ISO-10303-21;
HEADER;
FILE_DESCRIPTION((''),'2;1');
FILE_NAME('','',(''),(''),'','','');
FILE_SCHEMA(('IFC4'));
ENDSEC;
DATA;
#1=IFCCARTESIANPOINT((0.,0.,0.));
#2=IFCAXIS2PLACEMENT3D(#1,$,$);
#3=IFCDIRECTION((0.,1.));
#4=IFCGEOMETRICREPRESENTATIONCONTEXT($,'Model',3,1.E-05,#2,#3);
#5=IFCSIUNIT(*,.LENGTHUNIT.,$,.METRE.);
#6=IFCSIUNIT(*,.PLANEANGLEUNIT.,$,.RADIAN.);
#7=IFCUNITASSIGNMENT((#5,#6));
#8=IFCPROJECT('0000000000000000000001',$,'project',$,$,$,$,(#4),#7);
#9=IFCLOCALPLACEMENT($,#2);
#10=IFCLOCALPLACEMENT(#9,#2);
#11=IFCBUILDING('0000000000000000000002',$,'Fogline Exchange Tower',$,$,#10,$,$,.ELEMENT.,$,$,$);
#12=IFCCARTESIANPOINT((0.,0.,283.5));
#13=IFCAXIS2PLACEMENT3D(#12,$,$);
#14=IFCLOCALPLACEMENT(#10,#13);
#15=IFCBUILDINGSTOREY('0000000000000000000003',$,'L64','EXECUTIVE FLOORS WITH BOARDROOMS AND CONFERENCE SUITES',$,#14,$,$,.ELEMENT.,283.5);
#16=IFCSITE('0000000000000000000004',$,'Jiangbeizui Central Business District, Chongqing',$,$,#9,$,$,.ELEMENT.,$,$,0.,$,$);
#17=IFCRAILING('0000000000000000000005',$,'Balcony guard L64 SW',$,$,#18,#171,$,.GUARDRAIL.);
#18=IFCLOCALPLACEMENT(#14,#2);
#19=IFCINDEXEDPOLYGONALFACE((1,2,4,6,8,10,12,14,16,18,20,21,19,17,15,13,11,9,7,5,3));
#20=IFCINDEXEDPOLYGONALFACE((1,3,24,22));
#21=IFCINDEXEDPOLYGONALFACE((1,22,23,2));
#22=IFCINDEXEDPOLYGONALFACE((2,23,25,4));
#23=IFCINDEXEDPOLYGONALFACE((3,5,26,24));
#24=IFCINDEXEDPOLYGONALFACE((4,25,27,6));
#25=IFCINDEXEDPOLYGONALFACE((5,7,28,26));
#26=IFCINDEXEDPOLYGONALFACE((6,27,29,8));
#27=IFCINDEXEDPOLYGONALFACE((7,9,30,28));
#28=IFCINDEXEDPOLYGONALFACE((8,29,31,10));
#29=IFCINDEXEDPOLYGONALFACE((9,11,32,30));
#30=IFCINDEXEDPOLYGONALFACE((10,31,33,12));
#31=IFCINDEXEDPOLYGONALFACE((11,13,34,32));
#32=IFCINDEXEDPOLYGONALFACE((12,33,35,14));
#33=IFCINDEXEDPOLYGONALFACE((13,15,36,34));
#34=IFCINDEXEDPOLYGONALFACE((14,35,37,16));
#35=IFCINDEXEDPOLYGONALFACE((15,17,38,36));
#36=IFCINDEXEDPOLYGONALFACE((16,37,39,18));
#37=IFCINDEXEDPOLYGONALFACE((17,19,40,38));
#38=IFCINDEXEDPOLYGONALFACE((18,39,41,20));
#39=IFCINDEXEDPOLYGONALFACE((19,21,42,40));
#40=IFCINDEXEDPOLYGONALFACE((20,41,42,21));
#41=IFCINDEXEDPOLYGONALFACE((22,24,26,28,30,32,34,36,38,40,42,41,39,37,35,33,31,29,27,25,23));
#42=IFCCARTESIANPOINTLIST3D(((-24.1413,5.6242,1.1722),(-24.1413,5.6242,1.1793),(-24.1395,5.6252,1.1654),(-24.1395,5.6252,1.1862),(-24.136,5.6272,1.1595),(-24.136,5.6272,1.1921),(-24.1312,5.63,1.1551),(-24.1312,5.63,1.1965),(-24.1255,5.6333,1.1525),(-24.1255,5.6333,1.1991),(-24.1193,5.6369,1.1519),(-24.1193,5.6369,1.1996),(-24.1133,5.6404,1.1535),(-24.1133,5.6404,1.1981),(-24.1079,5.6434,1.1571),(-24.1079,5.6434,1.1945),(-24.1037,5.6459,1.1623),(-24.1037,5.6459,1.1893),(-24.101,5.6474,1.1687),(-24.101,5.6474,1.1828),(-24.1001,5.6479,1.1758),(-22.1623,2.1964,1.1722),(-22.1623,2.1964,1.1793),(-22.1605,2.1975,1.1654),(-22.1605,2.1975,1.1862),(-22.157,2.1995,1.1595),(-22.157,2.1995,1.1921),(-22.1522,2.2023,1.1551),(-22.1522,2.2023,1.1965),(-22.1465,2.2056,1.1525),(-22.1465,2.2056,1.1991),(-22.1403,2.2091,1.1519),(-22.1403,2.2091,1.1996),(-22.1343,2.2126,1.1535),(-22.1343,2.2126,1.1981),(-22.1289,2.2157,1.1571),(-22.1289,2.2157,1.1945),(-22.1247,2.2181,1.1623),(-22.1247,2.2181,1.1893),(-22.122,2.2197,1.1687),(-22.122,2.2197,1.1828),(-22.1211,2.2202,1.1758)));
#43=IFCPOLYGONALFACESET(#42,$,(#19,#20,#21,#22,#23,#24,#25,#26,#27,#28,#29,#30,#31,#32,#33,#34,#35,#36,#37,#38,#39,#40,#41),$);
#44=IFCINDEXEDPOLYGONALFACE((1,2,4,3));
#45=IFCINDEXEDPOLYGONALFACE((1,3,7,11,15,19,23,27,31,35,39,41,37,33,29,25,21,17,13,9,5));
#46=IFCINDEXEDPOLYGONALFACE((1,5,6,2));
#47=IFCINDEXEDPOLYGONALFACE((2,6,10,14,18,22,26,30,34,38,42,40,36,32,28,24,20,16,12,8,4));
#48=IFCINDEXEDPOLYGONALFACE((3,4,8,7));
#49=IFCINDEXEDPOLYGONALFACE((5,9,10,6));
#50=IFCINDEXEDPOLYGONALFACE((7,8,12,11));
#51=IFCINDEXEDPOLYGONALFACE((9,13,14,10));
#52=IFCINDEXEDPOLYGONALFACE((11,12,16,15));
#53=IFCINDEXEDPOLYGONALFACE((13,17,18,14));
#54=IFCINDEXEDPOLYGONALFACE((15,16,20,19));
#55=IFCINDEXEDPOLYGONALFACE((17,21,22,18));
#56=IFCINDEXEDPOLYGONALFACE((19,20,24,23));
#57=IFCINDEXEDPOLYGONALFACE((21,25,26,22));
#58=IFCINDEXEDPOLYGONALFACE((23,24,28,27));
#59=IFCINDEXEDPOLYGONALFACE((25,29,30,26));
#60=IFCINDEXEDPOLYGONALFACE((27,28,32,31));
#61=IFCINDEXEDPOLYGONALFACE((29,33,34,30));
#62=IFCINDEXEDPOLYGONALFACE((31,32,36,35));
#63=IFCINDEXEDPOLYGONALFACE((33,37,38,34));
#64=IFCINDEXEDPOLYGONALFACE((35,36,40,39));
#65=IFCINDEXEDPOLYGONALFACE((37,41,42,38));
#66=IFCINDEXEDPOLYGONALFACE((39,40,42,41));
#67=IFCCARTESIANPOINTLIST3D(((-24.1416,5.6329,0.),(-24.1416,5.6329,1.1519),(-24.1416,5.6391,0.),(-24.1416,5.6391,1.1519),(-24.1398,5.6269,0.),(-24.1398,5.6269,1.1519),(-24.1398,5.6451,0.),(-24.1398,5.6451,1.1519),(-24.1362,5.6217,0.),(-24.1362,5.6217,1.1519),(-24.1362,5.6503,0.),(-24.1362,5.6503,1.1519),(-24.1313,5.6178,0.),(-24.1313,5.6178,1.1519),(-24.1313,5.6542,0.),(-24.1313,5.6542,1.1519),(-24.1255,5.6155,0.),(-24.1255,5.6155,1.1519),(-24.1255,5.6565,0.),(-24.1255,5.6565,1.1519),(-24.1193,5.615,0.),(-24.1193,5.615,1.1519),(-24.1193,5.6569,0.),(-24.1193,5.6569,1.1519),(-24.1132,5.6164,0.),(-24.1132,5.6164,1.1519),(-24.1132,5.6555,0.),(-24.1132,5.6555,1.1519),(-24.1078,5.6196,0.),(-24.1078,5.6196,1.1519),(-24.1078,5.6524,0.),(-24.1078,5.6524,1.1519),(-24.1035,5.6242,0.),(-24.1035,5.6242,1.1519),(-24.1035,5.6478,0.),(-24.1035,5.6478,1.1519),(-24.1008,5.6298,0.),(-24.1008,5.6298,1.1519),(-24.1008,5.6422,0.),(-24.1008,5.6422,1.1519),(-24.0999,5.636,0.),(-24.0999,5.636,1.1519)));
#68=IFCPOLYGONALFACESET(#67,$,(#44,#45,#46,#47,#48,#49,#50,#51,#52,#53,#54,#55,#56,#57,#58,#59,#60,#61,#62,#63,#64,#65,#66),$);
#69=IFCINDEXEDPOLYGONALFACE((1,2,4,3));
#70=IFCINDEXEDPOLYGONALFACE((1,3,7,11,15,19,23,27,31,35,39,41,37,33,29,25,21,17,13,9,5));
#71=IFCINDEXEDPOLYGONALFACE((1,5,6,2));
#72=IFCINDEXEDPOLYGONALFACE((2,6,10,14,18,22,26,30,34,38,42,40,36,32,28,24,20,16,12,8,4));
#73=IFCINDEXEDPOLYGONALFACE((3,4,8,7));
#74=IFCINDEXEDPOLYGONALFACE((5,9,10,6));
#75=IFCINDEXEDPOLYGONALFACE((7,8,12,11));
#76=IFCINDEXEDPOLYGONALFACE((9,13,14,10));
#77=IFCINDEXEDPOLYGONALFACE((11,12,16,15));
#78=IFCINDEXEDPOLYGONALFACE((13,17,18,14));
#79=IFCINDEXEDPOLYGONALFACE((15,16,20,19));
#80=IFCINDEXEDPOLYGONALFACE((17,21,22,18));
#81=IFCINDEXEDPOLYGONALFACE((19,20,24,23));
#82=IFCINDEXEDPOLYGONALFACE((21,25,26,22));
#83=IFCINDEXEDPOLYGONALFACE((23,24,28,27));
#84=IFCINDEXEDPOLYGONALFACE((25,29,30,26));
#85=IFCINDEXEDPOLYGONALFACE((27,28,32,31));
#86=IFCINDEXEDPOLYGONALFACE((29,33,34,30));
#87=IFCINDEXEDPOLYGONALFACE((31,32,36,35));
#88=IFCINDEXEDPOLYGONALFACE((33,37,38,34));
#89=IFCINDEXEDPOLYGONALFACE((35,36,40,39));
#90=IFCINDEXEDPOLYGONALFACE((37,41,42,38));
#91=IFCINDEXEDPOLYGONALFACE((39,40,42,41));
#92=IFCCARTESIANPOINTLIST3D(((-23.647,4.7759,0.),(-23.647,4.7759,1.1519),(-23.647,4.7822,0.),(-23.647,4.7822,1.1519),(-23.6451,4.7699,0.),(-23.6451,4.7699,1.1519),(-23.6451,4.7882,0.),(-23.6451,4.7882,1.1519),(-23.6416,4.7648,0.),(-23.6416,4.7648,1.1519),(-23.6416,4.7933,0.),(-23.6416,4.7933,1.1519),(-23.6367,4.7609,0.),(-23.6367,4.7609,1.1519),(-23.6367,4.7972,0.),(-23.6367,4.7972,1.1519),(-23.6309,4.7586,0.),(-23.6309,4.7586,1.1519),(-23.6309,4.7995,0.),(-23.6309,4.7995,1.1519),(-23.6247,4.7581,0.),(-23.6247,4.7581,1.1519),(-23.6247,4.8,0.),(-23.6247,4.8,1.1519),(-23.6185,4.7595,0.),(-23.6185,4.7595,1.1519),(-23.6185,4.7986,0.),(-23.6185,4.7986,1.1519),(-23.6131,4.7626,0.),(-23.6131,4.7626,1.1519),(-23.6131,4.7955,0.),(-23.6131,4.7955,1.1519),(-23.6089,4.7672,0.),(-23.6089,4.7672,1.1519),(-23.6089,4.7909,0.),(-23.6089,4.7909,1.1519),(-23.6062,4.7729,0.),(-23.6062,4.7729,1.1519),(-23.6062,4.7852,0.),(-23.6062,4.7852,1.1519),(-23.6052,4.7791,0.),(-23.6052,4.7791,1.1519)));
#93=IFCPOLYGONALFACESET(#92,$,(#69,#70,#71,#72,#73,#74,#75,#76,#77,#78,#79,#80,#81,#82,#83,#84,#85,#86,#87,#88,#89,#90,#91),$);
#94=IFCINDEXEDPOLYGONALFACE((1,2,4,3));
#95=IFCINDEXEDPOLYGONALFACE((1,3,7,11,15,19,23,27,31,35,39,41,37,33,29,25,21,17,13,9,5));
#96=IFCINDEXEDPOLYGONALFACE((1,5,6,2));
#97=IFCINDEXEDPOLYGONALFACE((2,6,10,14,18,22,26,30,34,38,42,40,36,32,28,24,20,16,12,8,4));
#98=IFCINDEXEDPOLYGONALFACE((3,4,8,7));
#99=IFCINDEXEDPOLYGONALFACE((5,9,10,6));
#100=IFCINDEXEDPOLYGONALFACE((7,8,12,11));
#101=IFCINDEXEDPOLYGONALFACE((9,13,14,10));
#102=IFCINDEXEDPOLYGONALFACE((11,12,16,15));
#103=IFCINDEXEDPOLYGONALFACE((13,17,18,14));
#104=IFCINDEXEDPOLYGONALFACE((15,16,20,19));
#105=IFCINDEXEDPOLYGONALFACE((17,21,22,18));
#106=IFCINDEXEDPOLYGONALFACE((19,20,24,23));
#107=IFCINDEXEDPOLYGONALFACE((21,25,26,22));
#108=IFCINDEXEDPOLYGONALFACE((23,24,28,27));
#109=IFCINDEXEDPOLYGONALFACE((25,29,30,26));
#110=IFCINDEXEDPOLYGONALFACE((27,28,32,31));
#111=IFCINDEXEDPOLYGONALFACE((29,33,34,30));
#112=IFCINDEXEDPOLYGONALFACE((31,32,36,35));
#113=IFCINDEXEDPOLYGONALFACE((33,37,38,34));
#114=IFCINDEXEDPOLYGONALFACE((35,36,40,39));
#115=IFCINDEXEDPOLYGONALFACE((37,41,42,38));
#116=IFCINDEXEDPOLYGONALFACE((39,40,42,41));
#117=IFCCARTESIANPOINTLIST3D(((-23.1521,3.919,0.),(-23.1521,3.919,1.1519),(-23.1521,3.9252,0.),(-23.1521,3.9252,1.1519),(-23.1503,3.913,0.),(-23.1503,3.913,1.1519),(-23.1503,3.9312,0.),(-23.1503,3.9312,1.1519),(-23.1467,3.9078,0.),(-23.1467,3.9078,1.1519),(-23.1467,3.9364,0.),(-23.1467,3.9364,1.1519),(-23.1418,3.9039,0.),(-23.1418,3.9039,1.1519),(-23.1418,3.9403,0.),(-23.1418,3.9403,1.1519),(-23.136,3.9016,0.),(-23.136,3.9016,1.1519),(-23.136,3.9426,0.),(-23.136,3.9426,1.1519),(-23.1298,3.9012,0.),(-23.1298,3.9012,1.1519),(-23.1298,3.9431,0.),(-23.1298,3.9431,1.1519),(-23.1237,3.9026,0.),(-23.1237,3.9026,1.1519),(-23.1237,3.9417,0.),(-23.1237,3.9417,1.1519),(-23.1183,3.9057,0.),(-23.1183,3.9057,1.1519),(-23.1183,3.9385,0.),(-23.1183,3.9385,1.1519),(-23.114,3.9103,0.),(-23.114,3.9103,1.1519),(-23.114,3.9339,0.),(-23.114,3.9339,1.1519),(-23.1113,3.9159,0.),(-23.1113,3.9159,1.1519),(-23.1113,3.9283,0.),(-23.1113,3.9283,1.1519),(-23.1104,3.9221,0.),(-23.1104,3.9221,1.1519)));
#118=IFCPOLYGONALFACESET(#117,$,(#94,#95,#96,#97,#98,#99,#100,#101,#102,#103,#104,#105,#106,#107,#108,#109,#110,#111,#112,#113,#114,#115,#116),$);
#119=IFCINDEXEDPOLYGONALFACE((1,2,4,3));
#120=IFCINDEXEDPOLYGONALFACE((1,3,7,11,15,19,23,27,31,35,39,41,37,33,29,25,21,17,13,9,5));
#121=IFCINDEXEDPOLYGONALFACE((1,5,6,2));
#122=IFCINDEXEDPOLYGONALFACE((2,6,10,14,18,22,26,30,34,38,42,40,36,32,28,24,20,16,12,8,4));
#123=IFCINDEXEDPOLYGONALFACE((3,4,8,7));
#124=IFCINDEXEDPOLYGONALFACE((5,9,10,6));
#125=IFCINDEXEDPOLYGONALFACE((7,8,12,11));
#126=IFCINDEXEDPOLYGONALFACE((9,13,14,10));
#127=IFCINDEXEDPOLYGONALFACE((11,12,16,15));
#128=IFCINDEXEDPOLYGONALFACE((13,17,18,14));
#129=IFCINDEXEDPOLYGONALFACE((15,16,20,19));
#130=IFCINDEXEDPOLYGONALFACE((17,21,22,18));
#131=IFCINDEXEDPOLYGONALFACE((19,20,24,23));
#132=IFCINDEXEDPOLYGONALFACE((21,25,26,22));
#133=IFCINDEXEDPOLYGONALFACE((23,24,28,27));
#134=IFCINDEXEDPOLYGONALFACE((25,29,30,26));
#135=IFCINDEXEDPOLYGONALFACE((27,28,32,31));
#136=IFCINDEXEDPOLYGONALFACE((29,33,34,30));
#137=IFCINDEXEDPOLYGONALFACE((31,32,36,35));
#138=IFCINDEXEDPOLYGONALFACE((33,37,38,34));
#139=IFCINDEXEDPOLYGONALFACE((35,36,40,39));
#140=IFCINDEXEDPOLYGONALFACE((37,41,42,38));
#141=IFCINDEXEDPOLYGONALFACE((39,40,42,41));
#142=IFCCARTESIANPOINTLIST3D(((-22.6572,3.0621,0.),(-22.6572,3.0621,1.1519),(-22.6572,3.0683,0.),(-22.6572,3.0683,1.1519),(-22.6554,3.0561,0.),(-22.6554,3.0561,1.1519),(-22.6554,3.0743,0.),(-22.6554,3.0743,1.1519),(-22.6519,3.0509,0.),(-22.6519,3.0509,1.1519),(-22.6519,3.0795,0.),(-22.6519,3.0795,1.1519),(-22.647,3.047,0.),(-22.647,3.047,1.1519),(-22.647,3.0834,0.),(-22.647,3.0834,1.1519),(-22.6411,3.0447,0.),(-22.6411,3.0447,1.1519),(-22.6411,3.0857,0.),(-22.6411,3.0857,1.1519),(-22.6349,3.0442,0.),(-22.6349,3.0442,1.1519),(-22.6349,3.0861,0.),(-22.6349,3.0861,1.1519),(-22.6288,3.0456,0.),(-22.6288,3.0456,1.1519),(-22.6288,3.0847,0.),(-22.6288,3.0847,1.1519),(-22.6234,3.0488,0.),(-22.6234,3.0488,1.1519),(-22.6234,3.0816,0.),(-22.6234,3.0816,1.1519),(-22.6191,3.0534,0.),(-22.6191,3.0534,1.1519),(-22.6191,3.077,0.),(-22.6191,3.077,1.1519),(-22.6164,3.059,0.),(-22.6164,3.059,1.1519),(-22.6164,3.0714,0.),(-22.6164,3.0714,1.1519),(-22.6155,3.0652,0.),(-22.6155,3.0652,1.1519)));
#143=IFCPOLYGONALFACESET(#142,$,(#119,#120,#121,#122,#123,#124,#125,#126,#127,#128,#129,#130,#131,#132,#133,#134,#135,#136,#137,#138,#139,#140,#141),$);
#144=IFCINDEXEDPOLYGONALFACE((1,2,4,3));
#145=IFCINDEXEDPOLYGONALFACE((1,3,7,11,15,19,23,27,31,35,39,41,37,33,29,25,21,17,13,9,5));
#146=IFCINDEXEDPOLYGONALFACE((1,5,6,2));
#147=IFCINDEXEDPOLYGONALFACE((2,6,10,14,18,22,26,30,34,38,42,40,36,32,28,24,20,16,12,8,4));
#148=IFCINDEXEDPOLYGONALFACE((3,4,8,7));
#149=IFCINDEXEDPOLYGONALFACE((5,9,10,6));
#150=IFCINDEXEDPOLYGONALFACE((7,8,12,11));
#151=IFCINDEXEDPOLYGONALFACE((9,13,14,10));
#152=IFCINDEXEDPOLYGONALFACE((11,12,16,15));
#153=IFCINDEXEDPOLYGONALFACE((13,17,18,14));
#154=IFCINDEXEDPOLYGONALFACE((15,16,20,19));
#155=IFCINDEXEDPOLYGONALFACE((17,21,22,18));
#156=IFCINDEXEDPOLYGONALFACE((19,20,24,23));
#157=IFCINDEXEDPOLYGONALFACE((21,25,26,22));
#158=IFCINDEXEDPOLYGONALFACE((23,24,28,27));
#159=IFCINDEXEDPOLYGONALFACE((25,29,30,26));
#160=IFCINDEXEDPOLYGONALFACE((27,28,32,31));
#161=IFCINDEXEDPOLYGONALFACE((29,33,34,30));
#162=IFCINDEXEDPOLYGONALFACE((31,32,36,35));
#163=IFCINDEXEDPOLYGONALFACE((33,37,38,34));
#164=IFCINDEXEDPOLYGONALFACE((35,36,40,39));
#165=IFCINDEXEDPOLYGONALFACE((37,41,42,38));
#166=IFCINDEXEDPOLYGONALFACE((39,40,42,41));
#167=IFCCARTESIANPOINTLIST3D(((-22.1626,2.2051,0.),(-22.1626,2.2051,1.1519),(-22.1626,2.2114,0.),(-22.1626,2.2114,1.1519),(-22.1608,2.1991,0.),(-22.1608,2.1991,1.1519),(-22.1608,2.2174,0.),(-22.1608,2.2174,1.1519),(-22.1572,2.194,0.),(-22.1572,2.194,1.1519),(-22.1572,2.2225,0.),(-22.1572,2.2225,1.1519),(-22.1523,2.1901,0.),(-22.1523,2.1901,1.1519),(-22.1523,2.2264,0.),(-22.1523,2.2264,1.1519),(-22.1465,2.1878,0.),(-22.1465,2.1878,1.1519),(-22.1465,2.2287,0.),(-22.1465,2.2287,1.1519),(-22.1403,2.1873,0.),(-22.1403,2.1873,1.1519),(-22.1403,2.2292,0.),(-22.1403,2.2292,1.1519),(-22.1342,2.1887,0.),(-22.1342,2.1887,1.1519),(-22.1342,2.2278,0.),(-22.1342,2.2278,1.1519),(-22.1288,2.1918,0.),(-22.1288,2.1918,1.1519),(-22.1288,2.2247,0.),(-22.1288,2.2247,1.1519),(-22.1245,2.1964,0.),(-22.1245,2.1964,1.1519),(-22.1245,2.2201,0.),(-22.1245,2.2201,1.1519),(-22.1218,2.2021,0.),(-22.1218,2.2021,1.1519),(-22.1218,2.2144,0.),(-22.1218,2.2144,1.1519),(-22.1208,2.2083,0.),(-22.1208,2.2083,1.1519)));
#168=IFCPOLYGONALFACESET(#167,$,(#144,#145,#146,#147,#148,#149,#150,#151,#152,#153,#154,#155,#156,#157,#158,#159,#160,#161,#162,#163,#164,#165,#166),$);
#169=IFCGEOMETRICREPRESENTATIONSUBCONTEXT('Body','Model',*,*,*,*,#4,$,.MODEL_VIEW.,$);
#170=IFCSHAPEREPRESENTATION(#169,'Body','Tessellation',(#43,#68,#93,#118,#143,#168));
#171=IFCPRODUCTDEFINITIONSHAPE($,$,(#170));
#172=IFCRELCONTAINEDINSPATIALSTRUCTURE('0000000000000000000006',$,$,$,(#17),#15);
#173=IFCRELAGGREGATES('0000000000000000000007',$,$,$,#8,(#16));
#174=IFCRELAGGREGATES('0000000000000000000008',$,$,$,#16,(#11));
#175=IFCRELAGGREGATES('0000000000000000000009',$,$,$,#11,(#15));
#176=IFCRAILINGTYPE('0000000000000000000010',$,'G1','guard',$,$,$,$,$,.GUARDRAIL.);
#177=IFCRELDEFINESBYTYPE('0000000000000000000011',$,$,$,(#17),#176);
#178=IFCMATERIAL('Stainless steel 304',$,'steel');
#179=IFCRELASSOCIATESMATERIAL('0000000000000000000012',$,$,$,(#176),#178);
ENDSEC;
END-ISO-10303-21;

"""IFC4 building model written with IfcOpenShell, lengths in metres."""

from ifc_helpers import new_model, si_unit, direction, frame, origin, origin_2d, place, context, subcontext, project, spatial, circle, extrude, material, type_object, element, save


model = new_model("IFC4")

# Units and contexts
model_context = context("Model", 3, precision=1e-05, world=origin(), true_north=direction((0.0, 1.0)))
body_context = subcontext(model_context, "Body", "Model", "MODEL_VIEW")
ifc_project = project(units=[si_unit("LENGTHUNIT", "METRE"), si_unit("PLANEANGLEUNIT", "RADIAN")], contexts=[model_context])

# Site, building, storey
site_placement = place(None, origin())
site = spatial("IfcSite", under=ifc_project, at=site_placement, Name="Jiangbeizui Central Business District, Chongqing", CompositionType="ELEMENT", RefElevation=0.0)
building_placement = place(site_placement, origin())
building = spatial("IfcBuilding", under=site, at=building_placement, Name="Fogline Exchange Tower", CompositionType="ELEMENT")
storey_placement = place(building_placement, frame((0.0, 0.0, 283.5)))
storey = spatial("IfcBuildingStorey", under=building, at=storey_placement, Name="L64", Description="EXECUTIVE FLOORS WITH BOARDROOMS AND CONFERENCE SUITES", CompositionType="ELEMENT", Elevation=283.5)

# Railing
ifc_material_1 = material(Name="Stainless steel 304", Category="steel")
railing_type = type_object("IfcRailingType", Name="G1", Description="guard", PredefinedType="GUARDRAIL", material=ifc_material_1)
railing_placement = place(storey_placement, frame((-24.1208, 5.636, 0.0)))
element("IfcRailing", 1, at=railing_placement, inside=storey, type_object=railing_type, Name="Balcony guard L64 SW", PredefinedType="GUARDRAIL", context=body_context, shape_type="SweptSolid", body=[
    extrude(circle(Radius=0.0239, at=origin_2d()), frame((0.0, 0.0, 1.1758), z_axis=(0.5, -0.866025, 0.0), x_axis=(0.866025, 0.5, 0.0)), (0.0, 0.0, 1.0), 3.958),
    extrude(circle(Radius=0.021, at=origin_2d()), origin(), (0.0, 0.0, 1.0), 1.1519),
    extrude(circle(Radius=0.021, at=origin_2d()), frame((0.4946, -0.8569, 0.0)), (0.0, 0.0, 1.0), 1.1519),
    extrude(circle(Radius=0.021, at=origin_2d()), frame((0.9895, -1.7139, 0.0)), (0.0, 0.0, 1.0), 1.1519),
    extrude(circle(Radius=0.021, at=origin_2d()), frame((1.4844, -2.5708, 0.0)), (0.0, 0.0, 1.0), 1.1519),
    extrude(circle(Radius=0.021, at=origin_2d()), frame((1.979, -3.4277, 0.0)), (0.0, 0.0, 1.0), 1.1519),
])

save(model, "model.ifc")
